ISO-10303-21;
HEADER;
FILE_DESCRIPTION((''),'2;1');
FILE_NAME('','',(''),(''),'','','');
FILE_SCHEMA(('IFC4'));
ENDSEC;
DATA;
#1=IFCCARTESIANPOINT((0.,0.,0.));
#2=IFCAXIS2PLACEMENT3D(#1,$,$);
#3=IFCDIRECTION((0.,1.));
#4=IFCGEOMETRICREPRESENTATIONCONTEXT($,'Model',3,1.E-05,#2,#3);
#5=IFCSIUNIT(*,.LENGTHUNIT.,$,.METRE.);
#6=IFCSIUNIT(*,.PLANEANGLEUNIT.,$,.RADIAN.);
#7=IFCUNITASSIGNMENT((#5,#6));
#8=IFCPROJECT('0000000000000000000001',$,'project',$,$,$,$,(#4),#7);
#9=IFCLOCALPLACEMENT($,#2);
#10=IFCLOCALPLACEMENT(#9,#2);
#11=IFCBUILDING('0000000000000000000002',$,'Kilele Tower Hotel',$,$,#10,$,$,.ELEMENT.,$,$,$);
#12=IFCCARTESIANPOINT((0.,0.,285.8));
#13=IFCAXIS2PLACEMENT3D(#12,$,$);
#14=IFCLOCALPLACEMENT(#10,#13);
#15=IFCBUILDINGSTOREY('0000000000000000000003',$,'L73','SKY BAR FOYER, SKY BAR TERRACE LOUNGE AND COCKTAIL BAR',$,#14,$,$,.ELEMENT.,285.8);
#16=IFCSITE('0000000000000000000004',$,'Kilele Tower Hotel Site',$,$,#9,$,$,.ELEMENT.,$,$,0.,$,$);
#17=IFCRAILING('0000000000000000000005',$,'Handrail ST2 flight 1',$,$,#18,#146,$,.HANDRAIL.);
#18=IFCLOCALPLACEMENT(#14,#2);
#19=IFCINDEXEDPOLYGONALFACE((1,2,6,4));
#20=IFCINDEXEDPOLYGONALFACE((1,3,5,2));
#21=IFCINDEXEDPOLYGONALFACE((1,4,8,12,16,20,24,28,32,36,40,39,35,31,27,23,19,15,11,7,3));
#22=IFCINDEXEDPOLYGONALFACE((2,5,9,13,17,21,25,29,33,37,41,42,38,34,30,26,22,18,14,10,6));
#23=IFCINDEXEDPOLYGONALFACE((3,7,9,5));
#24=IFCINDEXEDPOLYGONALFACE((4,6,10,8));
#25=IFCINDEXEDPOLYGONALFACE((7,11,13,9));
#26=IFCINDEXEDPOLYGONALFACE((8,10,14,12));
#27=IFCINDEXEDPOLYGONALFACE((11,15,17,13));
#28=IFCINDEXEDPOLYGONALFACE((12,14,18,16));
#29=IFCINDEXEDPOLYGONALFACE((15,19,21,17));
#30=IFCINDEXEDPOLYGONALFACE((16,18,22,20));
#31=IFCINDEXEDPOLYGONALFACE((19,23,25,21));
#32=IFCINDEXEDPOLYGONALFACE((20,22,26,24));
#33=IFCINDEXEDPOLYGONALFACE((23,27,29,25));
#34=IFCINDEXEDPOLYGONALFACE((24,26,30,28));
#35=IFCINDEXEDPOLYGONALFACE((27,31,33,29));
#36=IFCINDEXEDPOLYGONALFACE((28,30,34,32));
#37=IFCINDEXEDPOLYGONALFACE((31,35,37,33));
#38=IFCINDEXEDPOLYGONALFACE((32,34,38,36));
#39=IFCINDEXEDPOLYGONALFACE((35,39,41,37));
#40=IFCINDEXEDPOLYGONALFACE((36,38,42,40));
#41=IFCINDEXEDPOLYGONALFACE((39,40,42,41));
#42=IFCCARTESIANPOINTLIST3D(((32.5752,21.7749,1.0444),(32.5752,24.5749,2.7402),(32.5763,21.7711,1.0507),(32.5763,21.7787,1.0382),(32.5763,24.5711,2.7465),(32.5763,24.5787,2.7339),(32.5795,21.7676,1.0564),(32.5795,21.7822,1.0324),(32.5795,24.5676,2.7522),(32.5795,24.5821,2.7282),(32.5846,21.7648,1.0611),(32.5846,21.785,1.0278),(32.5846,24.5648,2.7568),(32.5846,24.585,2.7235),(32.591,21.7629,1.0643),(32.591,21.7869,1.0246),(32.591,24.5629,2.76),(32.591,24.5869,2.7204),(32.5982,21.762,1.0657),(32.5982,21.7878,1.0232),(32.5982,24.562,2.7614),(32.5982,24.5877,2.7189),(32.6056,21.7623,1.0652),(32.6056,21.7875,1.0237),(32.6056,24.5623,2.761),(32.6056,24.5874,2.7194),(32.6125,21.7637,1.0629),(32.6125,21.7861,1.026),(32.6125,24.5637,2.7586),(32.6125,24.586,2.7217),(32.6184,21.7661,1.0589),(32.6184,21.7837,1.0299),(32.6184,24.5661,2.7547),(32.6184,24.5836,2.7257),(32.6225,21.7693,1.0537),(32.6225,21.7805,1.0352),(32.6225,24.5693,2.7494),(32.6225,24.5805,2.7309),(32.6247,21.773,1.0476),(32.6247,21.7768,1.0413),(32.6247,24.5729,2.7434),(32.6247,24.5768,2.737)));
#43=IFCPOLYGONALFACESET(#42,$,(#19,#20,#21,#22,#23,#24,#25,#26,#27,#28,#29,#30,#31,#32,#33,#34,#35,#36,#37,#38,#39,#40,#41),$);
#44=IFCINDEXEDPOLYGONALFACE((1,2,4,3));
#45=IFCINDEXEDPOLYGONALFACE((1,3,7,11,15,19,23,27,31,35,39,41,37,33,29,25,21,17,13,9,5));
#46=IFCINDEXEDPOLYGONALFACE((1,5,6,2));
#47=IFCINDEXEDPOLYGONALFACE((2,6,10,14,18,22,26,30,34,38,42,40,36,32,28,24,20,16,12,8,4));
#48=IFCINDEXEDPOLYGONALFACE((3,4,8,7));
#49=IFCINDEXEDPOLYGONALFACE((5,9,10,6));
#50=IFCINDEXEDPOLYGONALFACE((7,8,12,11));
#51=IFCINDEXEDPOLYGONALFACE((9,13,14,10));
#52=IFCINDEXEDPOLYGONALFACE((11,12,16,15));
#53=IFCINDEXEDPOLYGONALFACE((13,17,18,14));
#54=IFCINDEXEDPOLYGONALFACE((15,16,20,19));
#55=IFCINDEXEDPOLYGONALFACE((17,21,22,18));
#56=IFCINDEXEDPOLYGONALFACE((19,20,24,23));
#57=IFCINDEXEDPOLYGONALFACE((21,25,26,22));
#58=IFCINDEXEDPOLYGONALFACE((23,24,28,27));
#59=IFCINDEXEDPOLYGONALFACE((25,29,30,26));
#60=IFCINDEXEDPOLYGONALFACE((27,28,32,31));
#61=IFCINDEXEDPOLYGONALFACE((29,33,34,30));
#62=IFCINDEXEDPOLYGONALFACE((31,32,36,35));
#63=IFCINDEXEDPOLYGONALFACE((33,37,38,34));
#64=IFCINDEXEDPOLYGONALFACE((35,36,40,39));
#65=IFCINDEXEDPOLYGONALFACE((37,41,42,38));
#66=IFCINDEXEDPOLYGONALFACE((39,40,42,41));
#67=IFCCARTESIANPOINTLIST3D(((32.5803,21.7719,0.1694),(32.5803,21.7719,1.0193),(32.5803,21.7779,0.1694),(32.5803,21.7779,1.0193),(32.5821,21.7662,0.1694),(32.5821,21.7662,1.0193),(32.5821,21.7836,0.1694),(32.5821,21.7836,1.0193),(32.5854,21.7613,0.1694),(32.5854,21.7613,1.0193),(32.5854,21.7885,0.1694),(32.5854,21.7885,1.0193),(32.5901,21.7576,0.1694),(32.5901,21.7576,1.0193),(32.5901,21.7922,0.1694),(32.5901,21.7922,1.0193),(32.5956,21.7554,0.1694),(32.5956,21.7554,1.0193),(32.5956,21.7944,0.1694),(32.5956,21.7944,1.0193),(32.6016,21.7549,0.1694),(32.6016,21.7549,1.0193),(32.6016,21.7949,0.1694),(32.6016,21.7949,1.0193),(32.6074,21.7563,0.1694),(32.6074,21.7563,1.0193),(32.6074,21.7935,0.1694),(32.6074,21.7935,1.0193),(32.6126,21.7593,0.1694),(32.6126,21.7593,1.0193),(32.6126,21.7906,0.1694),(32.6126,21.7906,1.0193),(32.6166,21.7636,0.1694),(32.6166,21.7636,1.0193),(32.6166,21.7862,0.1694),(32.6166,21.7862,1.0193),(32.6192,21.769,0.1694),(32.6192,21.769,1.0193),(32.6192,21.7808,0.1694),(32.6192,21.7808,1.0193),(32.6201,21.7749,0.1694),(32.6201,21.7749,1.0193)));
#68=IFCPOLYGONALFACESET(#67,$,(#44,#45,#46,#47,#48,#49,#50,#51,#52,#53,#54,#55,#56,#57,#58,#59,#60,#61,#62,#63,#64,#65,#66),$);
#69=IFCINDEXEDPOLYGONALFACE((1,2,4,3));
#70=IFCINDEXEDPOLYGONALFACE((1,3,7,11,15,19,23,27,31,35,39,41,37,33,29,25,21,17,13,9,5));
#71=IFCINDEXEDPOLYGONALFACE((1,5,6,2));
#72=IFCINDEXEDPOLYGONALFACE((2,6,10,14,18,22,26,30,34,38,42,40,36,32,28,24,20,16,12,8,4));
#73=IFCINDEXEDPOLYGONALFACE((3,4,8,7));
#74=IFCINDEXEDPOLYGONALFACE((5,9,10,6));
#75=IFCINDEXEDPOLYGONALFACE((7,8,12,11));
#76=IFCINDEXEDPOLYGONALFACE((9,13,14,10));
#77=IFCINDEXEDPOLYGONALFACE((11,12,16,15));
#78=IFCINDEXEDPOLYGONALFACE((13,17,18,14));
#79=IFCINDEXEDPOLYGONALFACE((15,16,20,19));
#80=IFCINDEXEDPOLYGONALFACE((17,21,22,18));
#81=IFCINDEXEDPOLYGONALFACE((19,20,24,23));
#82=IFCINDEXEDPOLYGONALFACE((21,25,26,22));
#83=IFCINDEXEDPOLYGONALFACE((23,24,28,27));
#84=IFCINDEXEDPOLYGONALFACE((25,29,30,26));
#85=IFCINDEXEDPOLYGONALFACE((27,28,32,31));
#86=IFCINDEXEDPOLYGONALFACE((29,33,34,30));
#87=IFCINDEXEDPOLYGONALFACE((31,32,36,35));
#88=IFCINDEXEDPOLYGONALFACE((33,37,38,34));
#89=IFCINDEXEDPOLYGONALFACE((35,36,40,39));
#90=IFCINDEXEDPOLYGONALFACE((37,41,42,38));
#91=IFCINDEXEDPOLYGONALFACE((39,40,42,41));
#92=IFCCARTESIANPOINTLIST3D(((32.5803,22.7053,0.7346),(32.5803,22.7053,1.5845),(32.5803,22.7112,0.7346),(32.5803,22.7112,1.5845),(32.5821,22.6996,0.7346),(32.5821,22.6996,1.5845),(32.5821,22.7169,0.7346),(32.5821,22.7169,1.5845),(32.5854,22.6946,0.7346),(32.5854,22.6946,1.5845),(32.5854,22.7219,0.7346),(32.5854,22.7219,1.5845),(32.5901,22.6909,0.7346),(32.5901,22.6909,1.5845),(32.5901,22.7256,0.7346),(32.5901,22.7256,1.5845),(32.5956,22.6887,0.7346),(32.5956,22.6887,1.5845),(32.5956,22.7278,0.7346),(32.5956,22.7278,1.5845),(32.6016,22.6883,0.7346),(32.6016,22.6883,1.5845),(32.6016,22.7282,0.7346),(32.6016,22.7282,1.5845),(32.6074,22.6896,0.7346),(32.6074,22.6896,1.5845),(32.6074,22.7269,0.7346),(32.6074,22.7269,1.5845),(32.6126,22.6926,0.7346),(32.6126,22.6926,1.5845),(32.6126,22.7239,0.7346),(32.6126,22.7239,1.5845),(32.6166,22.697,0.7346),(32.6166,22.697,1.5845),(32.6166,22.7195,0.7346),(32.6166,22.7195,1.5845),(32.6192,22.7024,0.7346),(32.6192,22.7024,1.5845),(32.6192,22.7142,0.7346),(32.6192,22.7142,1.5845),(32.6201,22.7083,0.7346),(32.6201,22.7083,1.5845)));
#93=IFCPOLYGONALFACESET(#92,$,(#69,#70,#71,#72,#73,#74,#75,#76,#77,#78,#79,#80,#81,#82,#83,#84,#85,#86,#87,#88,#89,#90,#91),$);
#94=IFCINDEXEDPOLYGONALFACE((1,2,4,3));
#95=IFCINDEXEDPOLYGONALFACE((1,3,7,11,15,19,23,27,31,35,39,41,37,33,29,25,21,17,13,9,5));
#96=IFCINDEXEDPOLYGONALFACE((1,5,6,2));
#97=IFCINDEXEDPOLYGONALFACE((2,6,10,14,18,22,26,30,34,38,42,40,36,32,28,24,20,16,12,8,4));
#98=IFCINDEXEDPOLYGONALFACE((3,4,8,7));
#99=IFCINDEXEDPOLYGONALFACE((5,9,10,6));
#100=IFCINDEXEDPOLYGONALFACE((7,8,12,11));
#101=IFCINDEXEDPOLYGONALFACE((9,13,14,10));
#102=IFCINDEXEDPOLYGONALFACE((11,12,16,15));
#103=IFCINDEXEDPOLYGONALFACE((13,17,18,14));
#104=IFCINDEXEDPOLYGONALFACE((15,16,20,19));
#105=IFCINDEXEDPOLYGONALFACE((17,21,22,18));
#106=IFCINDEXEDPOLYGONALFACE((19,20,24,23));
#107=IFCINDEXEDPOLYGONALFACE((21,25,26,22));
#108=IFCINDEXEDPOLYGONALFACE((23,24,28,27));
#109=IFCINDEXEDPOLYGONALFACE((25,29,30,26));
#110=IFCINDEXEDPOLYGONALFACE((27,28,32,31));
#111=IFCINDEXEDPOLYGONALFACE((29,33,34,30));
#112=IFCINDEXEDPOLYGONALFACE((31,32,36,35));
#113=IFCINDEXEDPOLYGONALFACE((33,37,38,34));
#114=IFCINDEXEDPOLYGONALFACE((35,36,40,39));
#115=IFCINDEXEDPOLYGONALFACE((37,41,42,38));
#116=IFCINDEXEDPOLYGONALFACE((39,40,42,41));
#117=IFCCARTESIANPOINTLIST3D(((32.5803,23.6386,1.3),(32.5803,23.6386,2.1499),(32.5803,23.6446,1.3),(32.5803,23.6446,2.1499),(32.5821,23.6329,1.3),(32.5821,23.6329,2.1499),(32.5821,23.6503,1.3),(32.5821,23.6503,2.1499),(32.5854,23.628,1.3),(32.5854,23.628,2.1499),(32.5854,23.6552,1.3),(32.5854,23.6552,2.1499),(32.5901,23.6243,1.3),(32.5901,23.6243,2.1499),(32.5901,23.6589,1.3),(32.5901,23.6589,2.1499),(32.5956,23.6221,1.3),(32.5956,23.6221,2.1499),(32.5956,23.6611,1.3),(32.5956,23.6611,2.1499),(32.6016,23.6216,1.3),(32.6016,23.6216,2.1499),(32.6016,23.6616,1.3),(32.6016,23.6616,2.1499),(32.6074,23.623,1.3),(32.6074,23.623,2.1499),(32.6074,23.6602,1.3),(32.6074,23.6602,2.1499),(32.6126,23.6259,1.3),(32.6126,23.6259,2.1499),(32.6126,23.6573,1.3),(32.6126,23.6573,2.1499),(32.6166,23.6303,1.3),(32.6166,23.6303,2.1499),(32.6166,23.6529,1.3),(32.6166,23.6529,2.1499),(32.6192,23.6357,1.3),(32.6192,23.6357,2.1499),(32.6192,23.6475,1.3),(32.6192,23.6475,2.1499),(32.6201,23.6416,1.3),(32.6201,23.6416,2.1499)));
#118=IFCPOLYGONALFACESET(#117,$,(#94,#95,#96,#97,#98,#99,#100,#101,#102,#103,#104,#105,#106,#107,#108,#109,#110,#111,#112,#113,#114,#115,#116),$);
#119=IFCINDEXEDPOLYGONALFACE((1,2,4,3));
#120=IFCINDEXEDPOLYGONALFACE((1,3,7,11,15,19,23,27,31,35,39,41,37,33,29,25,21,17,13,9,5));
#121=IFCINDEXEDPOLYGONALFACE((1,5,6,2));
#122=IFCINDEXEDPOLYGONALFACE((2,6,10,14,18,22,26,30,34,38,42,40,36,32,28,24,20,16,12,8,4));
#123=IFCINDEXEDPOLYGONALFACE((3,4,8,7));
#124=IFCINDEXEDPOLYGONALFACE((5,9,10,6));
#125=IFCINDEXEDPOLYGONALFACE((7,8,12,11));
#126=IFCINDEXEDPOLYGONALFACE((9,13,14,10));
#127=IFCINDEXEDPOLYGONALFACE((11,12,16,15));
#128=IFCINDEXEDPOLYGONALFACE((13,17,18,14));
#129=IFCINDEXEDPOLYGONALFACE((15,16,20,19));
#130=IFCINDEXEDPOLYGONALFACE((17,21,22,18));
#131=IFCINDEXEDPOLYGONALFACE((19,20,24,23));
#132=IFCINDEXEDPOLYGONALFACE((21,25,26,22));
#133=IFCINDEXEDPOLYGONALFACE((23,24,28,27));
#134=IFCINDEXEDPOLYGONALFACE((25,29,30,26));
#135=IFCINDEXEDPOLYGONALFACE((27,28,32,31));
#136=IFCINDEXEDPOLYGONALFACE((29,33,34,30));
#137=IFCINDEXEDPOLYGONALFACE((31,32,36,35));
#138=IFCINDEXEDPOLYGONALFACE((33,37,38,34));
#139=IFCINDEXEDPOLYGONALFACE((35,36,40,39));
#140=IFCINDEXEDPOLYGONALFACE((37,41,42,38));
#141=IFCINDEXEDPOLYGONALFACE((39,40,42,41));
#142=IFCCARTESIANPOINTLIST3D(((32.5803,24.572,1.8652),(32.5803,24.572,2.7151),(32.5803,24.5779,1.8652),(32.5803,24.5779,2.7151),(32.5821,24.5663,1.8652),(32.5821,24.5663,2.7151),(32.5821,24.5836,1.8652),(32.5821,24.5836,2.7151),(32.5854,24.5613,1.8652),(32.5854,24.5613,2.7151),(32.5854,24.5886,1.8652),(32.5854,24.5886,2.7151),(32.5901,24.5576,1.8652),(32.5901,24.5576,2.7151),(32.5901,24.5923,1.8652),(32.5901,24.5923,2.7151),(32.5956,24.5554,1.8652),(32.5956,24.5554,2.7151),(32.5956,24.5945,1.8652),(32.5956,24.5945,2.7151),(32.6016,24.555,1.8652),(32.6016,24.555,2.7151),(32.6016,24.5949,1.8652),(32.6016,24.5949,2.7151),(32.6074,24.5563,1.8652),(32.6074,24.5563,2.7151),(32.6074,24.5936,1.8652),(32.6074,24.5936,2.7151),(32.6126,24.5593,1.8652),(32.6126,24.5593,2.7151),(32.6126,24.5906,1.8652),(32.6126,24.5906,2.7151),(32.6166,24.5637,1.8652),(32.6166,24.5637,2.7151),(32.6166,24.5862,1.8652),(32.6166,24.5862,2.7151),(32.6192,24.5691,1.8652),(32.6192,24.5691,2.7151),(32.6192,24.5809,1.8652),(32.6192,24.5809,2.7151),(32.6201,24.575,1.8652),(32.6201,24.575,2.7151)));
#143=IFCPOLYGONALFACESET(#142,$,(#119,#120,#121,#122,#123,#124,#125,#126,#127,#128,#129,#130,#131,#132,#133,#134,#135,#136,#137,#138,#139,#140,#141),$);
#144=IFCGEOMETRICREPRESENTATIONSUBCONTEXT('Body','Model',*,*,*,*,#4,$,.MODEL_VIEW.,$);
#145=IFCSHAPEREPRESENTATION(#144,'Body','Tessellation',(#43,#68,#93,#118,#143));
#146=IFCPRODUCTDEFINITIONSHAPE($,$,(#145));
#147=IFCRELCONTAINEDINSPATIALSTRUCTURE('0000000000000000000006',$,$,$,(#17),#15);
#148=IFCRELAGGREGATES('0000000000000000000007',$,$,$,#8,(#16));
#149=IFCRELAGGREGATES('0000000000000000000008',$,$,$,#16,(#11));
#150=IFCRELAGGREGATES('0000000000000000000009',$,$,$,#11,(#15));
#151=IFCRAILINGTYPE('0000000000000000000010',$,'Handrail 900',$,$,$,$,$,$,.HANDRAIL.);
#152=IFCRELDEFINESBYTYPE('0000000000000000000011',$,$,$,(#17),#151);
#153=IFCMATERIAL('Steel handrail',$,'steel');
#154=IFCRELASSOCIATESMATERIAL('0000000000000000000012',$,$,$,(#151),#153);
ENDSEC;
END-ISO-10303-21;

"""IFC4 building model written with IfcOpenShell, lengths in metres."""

from ifc_helpers import new_model, si_unit, direction, frame, origin, origin_2d, place, context, subcontext, project, spatial, circle, extrude, material, type_object, element, save


model = new_model("IFC4")

# Units and contexts
model_context = context("Model", 3, precision=1e-05, world=origin(), true_north=direction((0.0, 1.0)))
body_context = subcontext(model_context, "Body", "Model", "MODEL_VIEW")
ifc_project = project(units=[si_unit("LENGTHUNIT", "METRE"), si_unit("PLANEANGLEUNIT", "RADIAN")], contexts=[model_context])

# Site, building, storey
site_placement = place(None, origin())
site = spatial("IfcSite", under=ifc_project, at=site_placement, Name="Kilele Tower Hotel Site", CompositionType="ELEMENT", RefElevation=0.0)
building_placement = place(site_placement, origin())
building = spatial("IfcBuilding", under=site, at=building_placement, Name="Kilele Tower Hotel", CompositionType="ELEMENT")
storey_placement = place(building_placement, frame((0.0, 0.0, 285.8)))
storey = spatial("IfcBuildingStorey", under=building, at=storey_placement, Name="L73", Description="SKY BAR FOYER, SKY BAR TERRACE LOUNGE AND COCKTAIL BAR", CompositionType="ELEMENT", Elevation=285.8)

# Railing
ifc_material_1 = material(Name="Steel handrail", Category="steel")
railing_type_1 = type_object("IfcRailingType", Name="Handrail 900", PredefinedType="HANDRAIL", material=ifc_material_1)
for number, where, name in (
    (1, (32.6001, 21.7749, 0.1694), "Handrail ST2 flight 1"),
):
    element("IfcRailing", number, at=place(storey_placement, frame(where)), inside=storey, type_object=railing_type_1, Name=name, PredefinedType="HANDRAIL", context=body_context, shape_type="SweptSolid", body=[
        extrude(circle(Radius=0.0249, at=origin_2d()), frame((0.0, 0.0, 0.875), z_axis=(0.0, 0.85536, 0.518034), x_axis=(-1.0, 0.0, 0.0)), (0.0, 0.0, 1.0), 3.2734),
        extrude(circle(Radius=0.02, at=origin_2d()), origin(), (0.0, 0.0, 1.0), 0.8499),
        extrude(circle(Radius=0.02, at=origin_2d()), frame((0.0, 0.9333, 0.5652)), (0.0, 0.0, 1.0), 0.8499),
        extrude(circle(Radius=0.02, at=origin_2d()), frame((0.0, 1.8667, 1.1306)), (0.0, 0.0, 1.0), 0.8499),
        extrude(circle(Radius=0.02, at=origin_2d()), frame((0.0, 2.8, 1.6958)), (0.0, 0.0, 1.0), 0.8499),
    ])

save(model, "model.ifc")
